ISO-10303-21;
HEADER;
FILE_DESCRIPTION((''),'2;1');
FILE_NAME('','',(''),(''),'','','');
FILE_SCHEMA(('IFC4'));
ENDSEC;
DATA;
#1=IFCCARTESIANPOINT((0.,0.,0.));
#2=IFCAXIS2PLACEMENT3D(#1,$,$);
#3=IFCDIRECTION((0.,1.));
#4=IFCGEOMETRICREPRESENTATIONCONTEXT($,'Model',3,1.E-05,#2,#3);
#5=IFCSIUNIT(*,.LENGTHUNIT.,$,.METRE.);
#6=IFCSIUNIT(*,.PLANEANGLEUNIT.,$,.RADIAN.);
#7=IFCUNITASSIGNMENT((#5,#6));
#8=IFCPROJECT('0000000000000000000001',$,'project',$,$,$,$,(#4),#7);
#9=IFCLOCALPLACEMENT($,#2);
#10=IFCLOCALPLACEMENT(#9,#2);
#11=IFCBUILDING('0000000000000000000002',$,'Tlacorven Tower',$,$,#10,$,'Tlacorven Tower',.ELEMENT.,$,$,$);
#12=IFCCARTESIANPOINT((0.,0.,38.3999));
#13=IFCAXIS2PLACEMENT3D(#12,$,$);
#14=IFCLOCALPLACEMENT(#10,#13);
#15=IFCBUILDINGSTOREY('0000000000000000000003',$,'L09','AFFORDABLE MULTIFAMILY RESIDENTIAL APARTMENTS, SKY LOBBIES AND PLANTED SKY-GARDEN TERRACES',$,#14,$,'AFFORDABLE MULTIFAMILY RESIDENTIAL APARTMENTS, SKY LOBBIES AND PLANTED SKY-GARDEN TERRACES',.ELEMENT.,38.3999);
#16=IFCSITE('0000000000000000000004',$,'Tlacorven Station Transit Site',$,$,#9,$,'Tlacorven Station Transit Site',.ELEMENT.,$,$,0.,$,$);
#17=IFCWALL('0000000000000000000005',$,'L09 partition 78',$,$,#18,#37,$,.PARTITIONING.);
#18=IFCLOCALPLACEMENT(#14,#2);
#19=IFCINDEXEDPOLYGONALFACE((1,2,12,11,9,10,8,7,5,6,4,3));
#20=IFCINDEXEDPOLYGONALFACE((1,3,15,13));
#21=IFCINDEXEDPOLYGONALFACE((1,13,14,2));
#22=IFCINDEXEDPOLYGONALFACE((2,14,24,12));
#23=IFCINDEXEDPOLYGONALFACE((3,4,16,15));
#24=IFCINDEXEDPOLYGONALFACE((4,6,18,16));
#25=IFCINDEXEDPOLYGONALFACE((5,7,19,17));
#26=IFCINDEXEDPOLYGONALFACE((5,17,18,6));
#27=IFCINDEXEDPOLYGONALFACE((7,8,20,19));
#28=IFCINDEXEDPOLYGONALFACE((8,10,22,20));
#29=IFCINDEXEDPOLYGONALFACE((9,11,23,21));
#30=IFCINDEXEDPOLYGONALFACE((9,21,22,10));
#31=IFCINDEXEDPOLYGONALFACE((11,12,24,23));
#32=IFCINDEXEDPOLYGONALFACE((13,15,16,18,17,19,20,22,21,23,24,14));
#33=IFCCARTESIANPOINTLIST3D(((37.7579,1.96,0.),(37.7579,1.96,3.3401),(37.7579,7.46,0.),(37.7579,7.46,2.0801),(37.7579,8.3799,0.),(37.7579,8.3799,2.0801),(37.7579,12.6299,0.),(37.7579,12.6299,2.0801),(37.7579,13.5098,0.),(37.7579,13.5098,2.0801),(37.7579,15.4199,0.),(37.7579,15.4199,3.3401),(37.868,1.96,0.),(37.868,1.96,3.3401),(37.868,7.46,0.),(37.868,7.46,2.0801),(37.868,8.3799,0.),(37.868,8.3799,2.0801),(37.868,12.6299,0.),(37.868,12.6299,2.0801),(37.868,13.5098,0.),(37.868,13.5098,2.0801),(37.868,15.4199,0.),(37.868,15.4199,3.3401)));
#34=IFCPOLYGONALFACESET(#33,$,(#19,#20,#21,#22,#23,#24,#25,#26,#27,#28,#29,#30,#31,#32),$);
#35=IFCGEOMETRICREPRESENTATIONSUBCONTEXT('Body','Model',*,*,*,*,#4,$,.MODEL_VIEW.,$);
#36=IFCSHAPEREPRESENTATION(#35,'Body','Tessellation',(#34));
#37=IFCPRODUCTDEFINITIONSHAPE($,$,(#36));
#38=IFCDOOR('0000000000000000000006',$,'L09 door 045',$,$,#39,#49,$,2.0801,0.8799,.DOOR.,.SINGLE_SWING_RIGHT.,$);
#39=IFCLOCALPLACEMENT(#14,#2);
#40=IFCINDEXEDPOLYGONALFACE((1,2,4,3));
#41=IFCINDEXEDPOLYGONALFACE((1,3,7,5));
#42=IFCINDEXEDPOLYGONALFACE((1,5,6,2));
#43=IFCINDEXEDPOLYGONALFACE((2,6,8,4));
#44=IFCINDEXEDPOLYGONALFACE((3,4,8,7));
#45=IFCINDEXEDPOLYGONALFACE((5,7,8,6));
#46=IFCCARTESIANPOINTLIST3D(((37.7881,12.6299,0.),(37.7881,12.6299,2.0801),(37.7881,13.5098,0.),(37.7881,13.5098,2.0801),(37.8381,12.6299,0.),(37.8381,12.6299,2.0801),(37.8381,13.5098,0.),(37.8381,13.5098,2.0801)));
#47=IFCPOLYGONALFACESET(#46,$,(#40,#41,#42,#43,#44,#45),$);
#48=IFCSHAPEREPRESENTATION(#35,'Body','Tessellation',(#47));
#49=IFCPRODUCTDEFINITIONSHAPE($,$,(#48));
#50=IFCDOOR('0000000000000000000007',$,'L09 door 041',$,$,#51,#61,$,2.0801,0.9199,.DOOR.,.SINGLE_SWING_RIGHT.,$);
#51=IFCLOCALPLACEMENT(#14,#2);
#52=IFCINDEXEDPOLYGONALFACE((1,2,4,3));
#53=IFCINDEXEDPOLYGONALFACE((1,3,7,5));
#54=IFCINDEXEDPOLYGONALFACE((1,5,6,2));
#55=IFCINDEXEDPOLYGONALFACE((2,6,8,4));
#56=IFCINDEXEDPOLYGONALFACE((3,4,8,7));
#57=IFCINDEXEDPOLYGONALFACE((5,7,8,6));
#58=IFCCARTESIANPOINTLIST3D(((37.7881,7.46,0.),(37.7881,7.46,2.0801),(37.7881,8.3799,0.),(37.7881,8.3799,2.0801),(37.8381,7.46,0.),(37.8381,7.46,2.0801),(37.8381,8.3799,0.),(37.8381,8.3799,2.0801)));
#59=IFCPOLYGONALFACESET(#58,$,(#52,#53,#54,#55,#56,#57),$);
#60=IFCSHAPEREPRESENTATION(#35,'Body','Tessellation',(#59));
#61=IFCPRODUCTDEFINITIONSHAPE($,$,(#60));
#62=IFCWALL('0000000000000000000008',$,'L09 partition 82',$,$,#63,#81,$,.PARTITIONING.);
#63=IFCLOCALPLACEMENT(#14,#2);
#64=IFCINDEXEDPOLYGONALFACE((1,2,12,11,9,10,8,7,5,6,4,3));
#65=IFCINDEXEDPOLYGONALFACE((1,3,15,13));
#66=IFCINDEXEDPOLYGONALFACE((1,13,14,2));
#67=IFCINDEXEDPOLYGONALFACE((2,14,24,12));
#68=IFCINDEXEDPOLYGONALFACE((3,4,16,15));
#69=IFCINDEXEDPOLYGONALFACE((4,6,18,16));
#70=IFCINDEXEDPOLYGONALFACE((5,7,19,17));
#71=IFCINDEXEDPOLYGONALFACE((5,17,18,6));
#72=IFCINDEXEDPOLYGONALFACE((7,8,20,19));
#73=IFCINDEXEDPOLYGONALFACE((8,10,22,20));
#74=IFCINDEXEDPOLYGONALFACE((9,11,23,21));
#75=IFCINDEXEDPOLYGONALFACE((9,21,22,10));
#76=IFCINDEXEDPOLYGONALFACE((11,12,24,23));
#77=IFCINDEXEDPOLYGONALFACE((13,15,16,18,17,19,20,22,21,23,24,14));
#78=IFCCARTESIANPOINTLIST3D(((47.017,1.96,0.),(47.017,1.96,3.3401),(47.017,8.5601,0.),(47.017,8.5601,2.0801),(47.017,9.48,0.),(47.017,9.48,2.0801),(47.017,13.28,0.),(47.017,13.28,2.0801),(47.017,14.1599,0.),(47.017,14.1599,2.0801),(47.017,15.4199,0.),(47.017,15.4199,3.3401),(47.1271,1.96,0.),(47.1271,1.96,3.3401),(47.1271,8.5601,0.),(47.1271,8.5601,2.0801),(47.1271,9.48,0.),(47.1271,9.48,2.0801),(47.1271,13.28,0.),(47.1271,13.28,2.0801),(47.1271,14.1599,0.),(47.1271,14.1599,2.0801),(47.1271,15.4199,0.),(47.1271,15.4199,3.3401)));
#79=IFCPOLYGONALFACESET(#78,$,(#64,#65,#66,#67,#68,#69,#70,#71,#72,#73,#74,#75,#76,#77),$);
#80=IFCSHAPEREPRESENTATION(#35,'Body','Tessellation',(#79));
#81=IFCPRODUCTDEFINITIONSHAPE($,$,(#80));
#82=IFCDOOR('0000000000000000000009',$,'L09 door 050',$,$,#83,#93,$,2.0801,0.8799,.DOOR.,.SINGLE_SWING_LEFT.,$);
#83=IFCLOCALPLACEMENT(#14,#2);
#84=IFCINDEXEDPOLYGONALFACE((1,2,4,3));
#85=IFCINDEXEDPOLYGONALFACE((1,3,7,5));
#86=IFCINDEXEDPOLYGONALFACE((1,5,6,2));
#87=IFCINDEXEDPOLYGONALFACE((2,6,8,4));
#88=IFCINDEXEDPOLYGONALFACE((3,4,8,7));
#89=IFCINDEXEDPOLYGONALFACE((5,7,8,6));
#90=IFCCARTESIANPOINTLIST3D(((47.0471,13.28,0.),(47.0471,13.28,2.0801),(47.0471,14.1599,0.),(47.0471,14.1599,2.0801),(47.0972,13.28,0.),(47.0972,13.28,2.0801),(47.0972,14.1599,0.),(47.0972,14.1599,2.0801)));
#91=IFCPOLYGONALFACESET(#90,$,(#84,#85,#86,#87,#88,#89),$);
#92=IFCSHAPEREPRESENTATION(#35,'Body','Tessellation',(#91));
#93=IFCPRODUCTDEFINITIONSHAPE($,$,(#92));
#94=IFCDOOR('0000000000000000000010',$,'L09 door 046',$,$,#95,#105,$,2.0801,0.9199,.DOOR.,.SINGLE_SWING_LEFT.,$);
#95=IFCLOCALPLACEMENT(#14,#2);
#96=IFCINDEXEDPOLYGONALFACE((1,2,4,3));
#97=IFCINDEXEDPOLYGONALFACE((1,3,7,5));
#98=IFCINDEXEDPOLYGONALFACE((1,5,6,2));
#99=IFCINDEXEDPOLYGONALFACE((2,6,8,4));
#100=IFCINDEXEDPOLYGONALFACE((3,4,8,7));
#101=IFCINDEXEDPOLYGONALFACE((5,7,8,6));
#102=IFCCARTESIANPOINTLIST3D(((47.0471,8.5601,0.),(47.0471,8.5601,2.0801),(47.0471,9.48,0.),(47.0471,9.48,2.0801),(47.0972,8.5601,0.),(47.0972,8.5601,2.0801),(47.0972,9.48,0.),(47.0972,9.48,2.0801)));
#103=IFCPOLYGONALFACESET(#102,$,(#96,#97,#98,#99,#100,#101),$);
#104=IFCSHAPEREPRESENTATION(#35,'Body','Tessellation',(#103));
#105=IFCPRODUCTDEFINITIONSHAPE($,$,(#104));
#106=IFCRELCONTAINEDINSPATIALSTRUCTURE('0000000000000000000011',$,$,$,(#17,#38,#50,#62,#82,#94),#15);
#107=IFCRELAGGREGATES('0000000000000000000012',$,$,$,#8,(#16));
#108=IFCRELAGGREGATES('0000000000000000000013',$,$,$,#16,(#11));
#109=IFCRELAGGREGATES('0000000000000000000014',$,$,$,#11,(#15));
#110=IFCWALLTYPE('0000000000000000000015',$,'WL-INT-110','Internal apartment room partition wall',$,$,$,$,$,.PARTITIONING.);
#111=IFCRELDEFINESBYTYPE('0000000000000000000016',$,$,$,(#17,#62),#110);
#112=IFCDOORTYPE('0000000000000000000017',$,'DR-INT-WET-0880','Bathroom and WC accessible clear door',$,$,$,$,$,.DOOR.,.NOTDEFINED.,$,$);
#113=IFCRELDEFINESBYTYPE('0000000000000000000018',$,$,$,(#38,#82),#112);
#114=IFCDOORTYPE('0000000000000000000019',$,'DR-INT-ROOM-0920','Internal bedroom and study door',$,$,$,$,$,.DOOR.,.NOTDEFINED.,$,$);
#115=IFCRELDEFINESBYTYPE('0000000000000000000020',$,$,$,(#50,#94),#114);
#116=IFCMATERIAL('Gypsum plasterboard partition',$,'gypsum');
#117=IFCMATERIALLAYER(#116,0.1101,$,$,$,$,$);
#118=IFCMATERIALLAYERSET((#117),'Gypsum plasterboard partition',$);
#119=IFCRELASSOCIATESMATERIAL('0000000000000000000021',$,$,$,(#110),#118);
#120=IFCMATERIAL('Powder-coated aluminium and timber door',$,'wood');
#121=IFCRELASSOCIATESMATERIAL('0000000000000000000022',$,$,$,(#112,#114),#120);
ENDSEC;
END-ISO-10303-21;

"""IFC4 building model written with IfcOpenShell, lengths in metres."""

from ifc_helpers import new_model, si_unit, direction, frame, frame_2d, origin, place, context, subcontext, project, spatial, rectangle, extrude, source, transform, mapped, material, layer, layer_set, type_object, element, fill, save


model = new_model("IFC4")

# Units and contexts
model_context = context("Model", 3, precision=1e-05, world=origin(), true_north=direction((0.0, 1.0)))
body_context = subcontext(model_context, "Body", "Model", "MODEL_VIEW")
ifc_project = project(units=[si_unit("LENGTHUNIT", "METRE"), si_unit("PLANEANGLEUNIT", "RADIAN")], contexts=[model_context])

# Site, building, storey
site_placement = place(None, origin())
site = spatial("IfcSite", under=ifc_project, at=site_placement, Name="Tlacorven Station Transit Site", LongName="Tlacorven Station Transit Site", CompositionType="ELEMENT", RefElevation=0.0)
building_placement = place(site_placement, origin())
building = spatial("IfcBuilding", under=site, at=building_placement, Name="Tlacorven Tower", LongName="Tlacorven Tower", CompositionType="ELEMENT")
storey_placement = place(building_placement, frame((0.0, 0.0, 38.3999)))
storey = spatial("IfcBuildingStorey", under=building, at=storey_placement, Name="L09", Description="AFFORDABLE MULTIFAMILY RESIDENTIAL APARTMENTS, SKY LOBBIES AND PLANTED SKY-GARDEN TERRACES", LongName="AFFORDABLE MULTIFAMILY RESIDENTIAL APARTMENTS, SKY LOBBIES AND PLANTED SKY-GARDEN TERRACES", CompositionType="ELEMENT", Elevation=38.3999)

# Walls, openings, doors
ifc_material_1 = material(Name="Gypsum plasterboard partition", Category="gypsum")
ifc_layer_1 = layer(ifc_material_1, 0.1101)
ifc_layer_set_1 = layer_set([ifc_layer_1], Name="Gypsum plasterboard partition")
wall_type_1 = type_object("IfcWallType", Name="WL-INT-110", Description="Internal apartment room partition wall", PredefinedType="PARTITIONING", material=ifc_layer_set_1)
wall_1_placement = place(storey_placement, frame((37.813, 1.96, 0.0), z_axis=(0.0, 0.0, 1.0), x_axis=(0.0, 1.0, 0.0)))
wall_1 = element("IfcWall", 1, at=wall_1_placement, inside=storey, type_object=wall_type_1, Name="L09 partition 78", PredefinedType="PARTITIONING", context=body_context, shape_type="SweptSolid", body=[
    extrude(rectangle(XDim=13.46, YDim=0.1101, at=frame_2d((6.73, 0.0))), origin(), (0.0, 0.0, 1.0), 3.3401),
])
opening_1_placement = place(wall_1_placement, frame((5.5, 0.0, 0.0)))
opening_1 = element("IfcOpeningElement", 2, at=opening_1_placement, cuts=wall_1, PredefinedType="OPENING", context=body_context, shape_type="SweptSolid", body=[
    extrude(rectangle(XDim=0.9199, YDim=2.0801, at=frame_2d((0.46, 1.04))), frame((0.0, 0.0649, 0.0), z_axis=(0.0, -1.0, 0.0), x_axis=(1.0, 0.0, 0.0)), (0.0, 0.0, 1.0), 0.1301),
])
opening_2_placement = place(wall_1_placement, frame((10.6699, 0.0, 0.0)))
opening_2 = element("IfcOpeningElement", 3, at=opening_2_placement, cuts=wall_1, PredefinedType="OPENING", context=body_context, shape_type="SweptSolid", body=[
    extrude(rectangle(XDim=0.8799, YDim=2.0801, at=frame_2d((0.4399, 1.04))), frame((0.0, 0.0649, 0.0), z_axis=(0.0, -1.0, 0.0), x_axis=(1.0, 0.0, 0.0)), (0.0, 0.0, 1.0), 0.1301),
])
ifc_material_2 = material(Name="Powder-coated aluminium and timber door", Category="wood")
door_type_1 = type_object("IfcDoorType", Name="DR-INT-WET-0880", Description="Bathroom and WC accessible clear door", OperationType="NOTDEFINED", PredefinedType="DOOR", material=ifc_material_2)
shared_shape_1 = source(origin(), body_context, "Body", "SweptSolid", [
    extrude(rectangle(XDim=0.8799, YDim=2.0801, at=frame_2d((0.4399, 1.04))), frame((0.0, 0.0249, 0.0), z_axis=(0.0, -1.0, 0.0), x_axis=(1.0, 0.0, 0.0)), (0.0, 0.0, 1.0), 0.05),
])
door_1_placement = place(opening_2_placement, origin())
door_1 = element("IfcDoor", 4, at=door_1_placement, inside=storey, type_object=door_type_1, Name="L09 door 045", OperationType="SINGLE_SWING_RIGHT", OverallHeight=2.0801, OverallWidth=0.8799, PredefinedType="DOOR", context=body_context, shape_type="MappedRepresentation", body=[
    mapped(shared_shape_1, transform((0.0, 0.0, 0.0), scale=1.0)),
])
fill(opening_2, door_1)
door_type_2 = type_object("IfcDoorType", Name="DR-INT-ROOM-0920", Description="Internal bedroom and study door", OperationType="NOTDEFINED", PredefinedType="DOOR", material=ifc_material_2)
shared_shape_2 = source(origin(), body_context, "Body", "SweptSolid", [
    extrude(rectangle(XDim=0.9199, YDim=2.0801, at=frame_2d((0.46, 1.04))), frame((0.0, 0.0249, 0.0), z_axis=(0.0, -1.0, 0.0), x_axis=(1.0, 0.0, 0.0)), (0.0, 0.0, 1.0), 0.05),
])
door_2_placement = place(opening_1_placement, origin())
door_2 = element("IfcDoor", 5, at=door_2_placement, inside=storey, type_object=door_type_2, Name="L09 door 041", OperationType="SINGLE_SWING_RIGHT", OverallHeight=2.0801, OverallWidth=0.9199, PredefinedType="DOOR", context=body_context, shape_type="MappedRepresentation", body=[
    mapped(shared_shape_2, transform((0.0, 0.0, 0.0), scale=1.0)),
])
fill(opening_1, door_2)
wall_2_placement = place(storey_placement, frame((47.072, 1.96, 0.0), z_axis=(0.0, 0.0, 1.0), x_axis=(0.0, 1.0, 0.0)))
wall_2 = element("IfcWall", 6, at=wall_2_placement, inside=storey, type_object=wall_type_1, Name="L09 partition 82", PredefinedType="PARTITIONING", context=body_context, shape_type="SweptSolid", body=[
    extrude(rectangle(XDim=13.46, YDim=0.1101, at=frame_2d((6.73, 0.0))), origin(), (0.0, 0.0, 1.0), 3.3401),
])
opening_3_placement = place(wall_2_placement, frame((6.6001, 0.0, 0.0)))
opening_3 = element("IfcOpeningElement", 7, at=opening_3_placement, cuts=wall_2, PredefinedType="OPENING", context=body_context, shape_type="SweptSolid", body=[
    extrude(rectangle(XDim=0.9199, YDim=2.0801, at=frame_2d((0.46, 1.04))), frame((0.0, 0.0649, 0.0), z_axis=(0.0, -1.0, 0.0), x_axis=(1.0, 0.0, 0.0)), (0.0, 0.0, 1.0), 0.1301),
])
opening_4_placement = place(wall_2_placement, frame((11.3201, 0.0, 0.0)))
opening_4 = element("IfcOpeningElement", 8, at=opening_4_placement, cuts=wall_2, PredefinedType="OPENING", context=body_context, shape_type="SweptSolid", body=[
    extrude(rectangle(XDim=0.8799, YDim=2.0801, at=frame_2d((0.4399, 1.04))), frame((0.0, 0.0649, 0.0), z_axis=(0.0, -1.0, 0.0), x_axis=(1.0, 0.0, 0.0)), (0.0, 0.0, 1.0), 0.1301),
])
door_3_placement = place(opening_4_placement, origin())
door_3 = element("IfcDoor", 9, at=door_3_placement, inside=storey, type_object=door_type_1, Name="L09 door 050", OperationType="SINGLE_SWING_LEFT", OverallHeight=2.0801, OverallWidth=0.8799, PredefinedType="DOOR", context=body_context, shape_type="MappedRepresentation", body=[
    mapped(shared_shape_1, transform((0.0, 0.0, 0.0), scale=1.0)),
])
fill(opening_4, door_3)
door_4_placement = place(opening_3_placement, origin())
door_4 = element("IfcDoor", 10, at=door_4_placement, inside=storey, type_object=door_type_2, Name="L09 door 046", OperationType="SINGLE_SWING_LEFT", OverallHeight=2.0801, OverallWidth=0.9199, PredefinedType="DOOR", context=body_context, shape_type="MappedRepresentation", body=[
    mapped(shared_shape_2, transform((0.0, 0.0, 0.0), scale=1.0)),
])
fill(opening_3, door_4)

save(model, "model.ifc")
